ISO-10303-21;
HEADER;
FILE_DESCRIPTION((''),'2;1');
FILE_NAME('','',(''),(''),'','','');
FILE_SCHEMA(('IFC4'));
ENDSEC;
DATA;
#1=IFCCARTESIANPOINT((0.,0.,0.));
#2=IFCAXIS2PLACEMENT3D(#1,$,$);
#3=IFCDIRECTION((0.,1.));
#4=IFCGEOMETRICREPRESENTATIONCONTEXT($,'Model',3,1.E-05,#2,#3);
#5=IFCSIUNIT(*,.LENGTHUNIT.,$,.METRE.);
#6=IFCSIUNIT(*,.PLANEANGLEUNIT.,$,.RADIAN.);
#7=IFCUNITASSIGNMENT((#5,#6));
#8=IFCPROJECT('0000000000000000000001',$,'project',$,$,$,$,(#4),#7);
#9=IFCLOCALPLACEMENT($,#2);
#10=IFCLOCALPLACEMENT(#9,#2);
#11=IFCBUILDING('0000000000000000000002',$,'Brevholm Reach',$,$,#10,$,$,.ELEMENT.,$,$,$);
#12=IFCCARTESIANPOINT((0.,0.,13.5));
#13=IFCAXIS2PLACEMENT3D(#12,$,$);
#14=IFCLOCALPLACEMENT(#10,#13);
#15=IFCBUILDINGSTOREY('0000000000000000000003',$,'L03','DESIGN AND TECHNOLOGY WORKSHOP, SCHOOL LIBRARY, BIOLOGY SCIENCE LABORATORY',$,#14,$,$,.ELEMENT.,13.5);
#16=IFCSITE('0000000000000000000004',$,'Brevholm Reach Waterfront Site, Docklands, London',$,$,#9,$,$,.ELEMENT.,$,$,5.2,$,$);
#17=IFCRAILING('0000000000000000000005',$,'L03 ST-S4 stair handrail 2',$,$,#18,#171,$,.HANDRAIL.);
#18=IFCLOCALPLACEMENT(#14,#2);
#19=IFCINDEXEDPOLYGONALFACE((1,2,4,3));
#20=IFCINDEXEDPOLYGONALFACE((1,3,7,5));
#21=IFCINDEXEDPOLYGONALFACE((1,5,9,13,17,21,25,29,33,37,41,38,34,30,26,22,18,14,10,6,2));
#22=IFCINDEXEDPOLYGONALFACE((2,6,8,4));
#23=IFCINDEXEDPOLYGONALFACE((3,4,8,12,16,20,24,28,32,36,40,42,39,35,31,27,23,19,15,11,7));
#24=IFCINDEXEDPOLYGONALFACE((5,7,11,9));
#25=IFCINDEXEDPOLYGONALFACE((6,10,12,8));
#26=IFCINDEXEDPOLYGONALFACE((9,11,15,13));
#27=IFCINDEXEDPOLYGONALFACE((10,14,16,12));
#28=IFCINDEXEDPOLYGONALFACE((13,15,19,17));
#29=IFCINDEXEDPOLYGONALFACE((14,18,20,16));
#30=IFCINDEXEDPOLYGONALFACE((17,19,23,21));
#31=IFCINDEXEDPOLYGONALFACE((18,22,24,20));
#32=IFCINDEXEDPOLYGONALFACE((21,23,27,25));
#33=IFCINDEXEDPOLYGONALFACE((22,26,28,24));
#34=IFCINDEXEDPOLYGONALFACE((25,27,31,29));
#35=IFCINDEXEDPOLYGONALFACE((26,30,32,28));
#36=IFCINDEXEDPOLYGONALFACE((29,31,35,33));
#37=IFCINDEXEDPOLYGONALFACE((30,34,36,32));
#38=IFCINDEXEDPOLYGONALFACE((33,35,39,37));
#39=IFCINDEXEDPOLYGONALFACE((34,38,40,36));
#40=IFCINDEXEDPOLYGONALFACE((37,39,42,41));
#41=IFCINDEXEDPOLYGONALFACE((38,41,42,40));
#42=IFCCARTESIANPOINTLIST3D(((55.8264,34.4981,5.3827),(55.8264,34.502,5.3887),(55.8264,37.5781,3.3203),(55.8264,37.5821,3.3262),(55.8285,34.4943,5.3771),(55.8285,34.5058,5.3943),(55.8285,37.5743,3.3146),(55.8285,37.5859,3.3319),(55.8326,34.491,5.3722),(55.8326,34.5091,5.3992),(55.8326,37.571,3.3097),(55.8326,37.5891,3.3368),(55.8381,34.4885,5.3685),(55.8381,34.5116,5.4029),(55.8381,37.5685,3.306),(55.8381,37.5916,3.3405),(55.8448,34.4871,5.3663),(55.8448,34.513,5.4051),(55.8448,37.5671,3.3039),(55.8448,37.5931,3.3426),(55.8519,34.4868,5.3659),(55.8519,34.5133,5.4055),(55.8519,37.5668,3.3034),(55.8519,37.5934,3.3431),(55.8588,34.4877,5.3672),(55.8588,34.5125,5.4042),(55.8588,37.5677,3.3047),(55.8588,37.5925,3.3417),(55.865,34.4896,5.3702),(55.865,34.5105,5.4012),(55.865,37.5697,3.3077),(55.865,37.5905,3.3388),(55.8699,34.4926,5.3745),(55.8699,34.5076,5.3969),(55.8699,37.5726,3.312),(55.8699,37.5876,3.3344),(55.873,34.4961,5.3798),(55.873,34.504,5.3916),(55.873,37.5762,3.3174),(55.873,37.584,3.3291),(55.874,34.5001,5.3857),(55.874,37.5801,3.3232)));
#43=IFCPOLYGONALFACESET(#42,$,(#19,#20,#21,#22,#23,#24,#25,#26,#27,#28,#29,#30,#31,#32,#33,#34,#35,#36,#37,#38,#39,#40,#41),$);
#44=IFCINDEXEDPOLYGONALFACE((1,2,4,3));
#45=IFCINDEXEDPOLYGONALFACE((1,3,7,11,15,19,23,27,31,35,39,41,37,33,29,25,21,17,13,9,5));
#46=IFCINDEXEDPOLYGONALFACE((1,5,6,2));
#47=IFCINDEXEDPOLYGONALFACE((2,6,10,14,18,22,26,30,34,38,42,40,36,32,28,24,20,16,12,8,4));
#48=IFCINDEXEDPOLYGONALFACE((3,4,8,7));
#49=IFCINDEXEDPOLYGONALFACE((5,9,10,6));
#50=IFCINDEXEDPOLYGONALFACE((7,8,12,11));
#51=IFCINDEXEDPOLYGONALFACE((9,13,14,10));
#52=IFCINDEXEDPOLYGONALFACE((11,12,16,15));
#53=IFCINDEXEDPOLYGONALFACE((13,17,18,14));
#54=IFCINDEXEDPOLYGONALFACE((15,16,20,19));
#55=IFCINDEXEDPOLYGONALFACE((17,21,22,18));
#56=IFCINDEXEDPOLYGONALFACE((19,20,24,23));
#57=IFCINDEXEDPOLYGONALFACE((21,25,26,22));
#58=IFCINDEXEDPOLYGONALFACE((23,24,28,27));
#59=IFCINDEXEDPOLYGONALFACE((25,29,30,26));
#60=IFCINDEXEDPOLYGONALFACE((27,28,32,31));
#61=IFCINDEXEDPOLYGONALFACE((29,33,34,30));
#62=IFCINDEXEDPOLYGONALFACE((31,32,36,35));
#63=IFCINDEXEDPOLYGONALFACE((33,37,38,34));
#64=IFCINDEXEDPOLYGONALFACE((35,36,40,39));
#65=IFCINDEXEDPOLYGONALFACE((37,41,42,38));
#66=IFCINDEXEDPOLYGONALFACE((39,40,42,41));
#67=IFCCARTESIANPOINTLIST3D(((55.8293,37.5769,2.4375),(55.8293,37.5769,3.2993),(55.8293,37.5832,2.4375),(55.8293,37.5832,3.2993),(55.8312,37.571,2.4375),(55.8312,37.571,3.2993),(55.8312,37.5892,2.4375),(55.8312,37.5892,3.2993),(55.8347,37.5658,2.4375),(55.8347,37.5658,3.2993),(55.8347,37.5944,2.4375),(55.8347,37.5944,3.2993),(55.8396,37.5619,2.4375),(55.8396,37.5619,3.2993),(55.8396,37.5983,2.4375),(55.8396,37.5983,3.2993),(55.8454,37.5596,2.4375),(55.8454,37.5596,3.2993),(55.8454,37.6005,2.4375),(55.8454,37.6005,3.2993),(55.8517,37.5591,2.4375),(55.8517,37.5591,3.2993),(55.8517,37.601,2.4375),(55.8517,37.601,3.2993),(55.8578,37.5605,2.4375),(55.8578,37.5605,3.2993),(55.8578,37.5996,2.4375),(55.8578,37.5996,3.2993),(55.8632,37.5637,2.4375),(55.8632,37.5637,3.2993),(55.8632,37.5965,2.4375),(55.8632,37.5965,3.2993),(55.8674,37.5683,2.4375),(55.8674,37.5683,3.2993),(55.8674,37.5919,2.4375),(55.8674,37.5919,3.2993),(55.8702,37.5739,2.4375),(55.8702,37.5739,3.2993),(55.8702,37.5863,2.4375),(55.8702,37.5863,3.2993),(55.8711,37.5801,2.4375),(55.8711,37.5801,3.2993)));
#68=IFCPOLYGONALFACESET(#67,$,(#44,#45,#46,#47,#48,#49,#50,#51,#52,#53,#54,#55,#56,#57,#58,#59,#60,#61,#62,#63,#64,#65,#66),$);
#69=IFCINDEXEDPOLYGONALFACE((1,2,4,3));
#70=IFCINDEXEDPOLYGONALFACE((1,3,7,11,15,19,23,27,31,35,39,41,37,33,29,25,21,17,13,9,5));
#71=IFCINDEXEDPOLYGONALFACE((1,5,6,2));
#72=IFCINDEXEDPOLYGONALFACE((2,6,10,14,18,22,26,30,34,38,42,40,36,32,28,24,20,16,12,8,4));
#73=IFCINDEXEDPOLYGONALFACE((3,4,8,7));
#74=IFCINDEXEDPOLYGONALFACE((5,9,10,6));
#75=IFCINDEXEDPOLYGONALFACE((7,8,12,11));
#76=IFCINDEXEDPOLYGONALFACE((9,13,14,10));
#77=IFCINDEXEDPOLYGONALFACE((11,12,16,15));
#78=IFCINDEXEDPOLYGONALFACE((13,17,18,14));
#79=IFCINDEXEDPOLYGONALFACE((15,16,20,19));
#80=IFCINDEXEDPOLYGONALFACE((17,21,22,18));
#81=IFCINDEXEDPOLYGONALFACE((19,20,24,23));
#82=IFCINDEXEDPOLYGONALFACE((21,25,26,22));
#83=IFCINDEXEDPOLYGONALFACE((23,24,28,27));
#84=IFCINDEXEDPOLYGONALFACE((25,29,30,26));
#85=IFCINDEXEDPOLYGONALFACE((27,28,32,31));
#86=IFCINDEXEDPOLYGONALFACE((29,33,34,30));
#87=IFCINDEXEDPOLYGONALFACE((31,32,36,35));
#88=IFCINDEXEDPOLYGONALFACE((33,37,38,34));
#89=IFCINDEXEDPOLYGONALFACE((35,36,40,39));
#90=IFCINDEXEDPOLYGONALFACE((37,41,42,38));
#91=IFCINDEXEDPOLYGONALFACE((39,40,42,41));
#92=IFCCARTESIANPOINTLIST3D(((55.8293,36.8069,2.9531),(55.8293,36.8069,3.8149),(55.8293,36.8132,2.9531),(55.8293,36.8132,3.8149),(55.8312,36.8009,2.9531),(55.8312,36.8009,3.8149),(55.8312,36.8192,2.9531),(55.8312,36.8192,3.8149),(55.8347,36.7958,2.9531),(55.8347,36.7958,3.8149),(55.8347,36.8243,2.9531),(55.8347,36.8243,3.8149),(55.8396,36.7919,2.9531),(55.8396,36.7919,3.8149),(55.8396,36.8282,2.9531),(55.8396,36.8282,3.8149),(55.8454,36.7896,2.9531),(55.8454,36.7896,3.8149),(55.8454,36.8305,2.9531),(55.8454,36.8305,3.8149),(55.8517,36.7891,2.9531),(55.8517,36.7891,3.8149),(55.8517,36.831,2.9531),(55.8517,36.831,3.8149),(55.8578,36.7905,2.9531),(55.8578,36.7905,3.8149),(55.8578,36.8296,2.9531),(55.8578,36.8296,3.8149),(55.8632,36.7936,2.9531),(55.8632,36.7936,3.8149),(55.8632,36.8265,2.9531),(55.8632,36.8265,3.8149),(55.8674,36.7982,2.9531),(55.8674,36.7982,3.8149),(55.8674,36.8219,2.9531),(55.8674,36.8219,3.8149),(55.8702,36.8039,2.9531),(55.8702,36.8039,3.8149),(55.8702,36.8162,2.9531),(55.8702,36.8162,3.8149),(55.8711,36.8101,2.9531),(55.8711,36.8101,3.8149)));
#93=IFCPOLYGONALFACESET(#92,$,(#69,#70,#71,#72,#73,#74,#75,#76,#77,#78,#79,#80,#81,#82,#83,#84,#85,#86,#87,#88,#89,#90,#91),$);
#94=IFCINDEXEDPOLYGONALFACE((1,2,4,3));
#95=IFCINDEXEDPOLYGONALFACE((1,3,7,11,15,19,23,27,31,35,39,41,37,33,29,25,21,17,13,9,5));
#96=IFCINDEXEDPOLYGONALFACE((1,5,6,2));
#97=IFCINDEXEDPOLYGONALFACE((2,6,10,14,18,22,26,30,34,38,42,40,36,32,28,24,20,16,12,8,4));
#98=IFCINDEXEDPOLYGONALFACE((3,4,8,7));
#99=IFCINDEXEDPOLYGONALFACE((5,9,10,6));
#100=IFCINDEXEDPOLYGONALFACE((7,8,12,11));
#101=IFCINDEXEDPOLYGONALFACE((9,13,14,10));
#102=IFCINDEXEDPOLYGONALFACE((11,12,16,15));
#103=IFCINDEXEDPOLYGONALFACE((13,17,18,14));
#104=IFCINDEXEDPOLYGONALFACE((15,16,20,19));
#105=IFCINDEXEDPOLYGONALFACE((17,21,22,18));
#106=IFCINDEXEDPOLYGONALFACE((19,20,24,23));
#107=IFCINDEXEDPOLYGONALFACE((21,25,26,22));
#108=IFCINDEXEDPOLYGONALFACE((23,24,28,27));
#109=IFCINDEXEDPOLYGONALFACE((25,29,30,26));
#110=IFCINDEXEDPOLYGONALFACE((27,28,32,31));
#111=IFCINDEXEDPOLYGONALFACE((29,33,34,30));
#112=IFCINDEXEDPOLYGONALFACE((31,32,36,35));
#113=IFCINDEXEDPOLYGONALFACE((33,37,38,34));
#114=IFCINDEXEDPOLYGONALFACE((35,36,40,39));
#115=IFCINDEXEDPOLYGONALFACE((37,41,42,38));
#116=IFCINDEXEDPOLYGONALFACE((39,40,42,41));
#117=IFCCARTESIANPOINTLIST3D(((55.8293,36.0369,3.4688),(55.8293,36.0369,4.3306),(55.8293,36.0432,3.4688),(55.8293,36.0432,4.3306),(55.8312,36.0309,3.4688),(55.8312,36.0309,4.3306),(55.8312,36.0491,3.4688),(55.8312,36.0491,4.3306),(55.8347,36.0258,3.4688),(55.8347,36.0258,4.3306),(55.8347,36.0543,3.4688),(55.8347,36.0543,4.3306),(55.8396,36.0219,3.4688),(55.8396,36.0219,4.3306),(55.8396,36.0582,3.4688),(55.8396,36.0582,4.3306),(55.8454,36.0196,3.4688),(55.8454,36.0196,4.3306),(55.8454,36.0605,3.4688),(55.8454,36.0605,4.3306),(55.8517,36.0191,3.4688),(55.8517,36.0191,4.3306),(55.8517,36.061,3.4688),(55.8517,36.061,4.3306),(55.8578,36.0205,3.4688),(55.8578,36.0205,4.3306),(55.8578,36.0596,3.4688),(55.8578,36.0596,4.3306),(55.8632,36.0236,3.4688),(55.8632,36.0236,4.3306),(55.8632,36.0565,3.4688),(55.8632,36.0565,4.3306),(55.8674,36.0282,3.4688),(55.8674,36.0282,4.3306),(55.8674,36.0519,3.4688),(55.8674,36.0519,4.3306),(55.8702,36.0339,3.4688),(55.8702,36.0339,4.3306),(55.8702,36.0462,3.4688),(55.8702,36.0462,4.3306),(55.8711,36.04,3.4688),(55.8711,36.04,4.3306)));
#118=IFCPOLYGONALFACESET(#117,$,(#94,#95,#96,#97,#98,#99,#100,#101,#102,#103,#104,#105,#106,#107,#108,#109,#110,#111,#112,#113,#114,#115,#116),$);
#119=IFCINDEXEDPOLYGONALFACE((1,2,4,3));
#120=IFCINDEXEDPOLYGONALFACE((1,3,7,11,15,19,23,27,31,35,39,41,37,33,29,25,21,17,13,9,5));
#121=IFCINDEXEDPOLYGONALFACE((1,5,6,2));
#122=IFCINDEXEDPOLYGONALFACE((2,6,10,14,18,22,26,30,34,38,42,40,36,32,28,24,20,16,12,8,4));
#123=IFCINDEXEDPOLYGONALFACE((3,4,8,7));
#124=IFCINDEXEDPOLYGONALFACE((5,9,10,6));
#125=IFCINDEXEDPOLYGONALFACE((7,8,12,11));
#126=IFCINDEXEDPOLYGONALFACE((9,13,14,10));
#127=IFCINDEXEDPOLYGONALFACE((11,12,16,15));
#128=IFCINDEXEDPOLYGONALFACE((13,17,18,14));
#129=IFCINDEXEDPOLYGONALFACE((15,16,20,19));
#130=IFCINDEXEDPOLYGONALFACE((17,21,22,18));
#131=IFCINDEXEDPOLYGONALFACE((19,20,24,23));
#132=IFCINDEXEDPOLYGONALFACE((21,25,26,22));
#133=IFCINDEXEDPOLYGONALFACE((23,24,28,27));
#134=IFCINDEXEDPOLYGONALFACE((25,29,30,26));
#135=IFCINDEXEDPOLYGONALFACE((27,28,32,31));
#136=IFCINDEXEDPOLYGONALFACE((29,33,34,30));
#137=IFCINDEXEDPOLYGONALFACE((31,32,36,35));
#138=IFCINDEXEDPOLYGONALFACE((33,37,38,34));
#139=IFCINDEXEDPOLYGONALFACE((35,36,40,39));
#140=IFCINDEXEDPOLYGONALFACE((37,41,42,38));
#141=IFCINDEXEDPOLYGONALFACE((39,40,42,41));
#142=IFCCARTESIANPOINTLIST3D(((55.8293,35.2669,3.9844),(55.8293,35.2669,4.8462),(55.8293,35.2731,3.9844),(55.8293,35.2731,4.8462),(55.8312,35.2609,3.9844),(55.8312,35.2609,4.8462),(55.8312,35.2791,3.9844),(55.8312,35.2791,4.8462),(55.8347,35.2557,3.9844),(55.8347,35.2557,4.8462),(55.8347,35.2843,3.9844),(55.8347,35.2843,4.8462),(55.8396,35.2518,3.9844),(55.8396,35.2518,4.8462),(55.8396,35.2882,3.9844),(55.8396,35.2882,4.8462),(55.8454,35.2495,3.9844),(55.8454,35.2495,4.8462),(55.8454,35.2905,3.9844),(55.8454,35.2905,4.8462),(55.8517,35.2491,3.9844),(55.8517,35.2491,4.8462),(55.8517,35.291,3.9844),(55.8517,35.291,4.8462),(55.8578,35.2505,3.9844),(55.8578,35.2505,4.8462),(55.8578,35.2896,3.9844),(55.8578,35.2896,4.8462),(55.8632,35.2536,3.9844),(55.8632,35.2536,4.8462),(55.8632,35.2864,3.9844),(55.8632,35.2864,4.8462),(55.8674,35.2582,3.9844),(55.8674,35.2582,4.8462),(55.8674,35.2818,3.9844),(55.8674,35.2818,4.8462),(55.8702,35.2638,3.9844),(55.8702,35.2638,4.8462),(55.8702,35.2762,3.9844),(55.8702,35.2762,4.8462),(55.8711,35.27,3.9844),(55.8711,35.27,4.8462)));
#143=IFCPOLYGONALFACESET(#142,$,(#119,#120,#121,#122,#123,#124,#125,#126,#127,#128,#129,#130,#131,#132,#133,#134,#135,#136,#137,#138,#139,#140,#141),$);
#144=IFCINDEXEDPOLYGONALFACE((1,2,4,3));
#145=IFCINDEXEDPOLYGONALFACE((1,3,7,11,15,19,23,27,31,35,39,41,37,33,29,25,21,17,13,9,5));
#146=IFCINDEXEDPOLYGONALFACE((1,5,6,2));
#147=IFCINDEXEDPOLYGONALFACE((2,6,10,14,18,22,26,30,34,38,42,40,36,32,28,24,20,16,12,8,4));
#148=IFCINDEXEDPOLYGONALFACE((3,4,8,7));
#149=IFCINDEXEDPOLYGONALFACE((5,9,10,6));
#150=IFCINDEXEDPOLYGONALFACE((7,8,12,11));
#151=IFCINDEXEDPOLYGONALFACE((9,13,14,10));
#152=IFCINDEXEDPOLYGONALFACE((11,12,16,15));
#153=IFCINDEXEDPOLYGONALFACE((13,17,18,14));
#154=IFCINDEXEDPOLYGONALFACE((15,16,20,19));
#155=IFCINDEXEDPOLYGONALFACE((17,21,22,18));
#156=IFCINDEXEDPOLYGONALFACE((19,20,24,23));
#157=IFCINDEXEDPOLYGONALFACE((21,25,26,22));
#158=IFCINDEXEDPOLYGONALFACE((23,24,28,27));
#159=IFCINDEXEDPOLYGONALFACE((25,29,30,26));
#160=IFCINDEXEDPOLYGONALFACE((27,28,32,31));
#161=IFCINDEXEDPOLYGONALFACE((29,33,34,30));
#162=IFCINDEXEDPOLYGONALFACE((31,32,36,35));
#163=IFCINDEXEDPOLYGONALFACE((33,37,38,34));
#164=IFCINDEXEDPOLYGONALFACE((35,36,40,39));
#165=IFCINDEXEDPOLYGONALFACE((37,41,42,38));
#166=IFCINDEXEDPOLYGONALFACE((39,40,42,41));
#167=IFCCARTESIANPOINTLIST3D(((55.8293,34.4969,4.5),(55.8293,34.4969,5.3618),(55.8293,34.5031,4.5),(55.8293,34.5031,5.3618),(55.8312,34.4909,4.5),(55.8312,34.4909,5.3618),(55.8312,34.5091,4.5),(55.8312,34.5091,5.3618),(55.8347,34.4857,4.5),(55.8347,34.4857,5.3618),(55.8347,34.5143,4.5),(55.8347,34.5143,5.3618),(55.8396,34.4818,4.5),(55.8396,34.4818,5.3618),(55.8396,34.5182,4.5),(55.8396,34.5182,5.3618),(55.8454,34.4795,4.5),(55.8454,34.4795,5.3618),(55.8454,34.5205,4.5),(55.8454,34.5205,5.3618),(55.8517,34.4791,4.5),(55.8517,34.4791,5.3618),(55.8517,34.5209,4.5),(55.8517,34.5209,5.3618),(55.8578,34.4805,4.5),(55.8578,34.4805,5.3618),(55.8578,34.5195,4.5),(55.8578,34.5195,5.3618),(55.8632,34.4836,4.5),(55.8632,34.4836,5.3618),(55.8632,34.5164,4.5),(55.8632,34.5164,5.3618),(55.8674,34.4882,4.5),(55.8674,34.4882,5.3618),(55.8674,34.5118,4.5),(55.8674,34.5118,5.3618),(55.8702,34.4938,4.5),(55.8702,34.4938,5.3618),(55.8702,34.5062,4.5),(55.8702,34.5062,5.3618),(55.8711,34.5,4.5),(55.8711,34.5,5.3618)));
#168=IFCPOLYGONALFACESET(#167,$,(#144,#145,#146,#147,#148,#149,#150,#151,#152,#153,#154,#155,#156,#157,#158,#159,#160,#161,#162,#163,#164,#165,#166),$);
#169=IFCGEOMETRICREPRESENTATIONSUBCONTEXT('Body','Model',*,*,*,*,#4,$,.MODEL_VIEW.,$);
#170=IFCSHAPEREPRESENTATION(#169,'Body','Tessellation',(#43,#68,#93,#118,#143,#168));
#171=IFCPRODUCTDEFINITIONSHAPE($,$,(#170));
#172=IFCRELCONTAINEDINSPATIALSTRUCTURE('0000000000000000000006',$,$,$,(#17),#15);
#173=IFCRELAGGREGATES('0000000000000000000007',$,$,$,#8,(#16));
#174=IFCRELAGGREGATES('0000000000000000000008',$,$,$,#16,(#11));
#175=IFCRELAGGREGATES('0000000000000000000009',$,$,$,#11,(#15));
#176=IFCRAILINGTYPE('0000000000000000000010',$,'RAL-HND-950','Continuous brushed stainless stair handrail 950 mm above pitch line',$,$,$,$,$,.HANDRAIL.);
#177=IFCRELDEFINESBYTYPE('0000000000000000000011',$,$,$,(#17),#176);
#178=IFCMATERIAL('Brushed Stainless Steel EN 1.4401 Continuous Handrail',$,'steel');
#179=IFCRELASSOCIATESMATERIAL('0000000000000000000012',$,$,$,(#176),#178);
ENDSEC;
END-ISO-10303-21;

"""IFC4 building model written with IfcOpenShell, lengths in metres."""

from ifc_helpers import new_model, si_unit, direction, frame, origin, origin_2d, place, context, subcontext, project, spatial, circle, extrude, material, type_object, element, save


model = new_model("IFC4")

# Units and contexts
model_context = context("Model", 3, precision=1e-05, world=origin(), true_north=direction((0.0, 1.0)))
body_context = subcontext(model_context, "Body", "Model", "MODEL_VIEW")
ifc_project = project(units=[si_unit("LENGTHUNIT", "METRE"), si_unit("PLANEANGLEUNIT", "RADIAN")], contexts=[model_context])

# Site, building, storey
site_placement = place(None, origin())
site = spatial("IfcSite", under=ifc_project, at=site_placement, Name="Brevholm Reach Waterfront Site, Docklands, London", CompositionType="ELEMENT", RefElevation=5.2)
building_placement = place(site_placement, origin())
building = spatial("IfcBuilding", under=site, at=building_placement, Name="Brevholm Reach", CompositionType="ELEMENT")
storey_placement = place(building_placement, frame((0.0, 0.0, 13.5)))
storey = spatial("IfcBuildingStorey", under=building, at=storey_placement, Name="L03", Description="DESIGN AND TECHNOLOGY WORKSHOP, SCHOOL LIBRARY, BIOLOGY SCIENCE LABORATORY", CompositionType="ELEMENT", Elevation=13.5)

# Railing
ifc_material_1 = material(Name="Brushed Stainless Steel EN 1.4401 Continuous Handrail", Category="steel")
railing_type_1 = type_object("IfcRailingType", Name="RAL-HND-950", Description="Continuous brushed stainless stair handrail 950 mm above pitch line", PredefinedType="HANDRAIL", material=ifc_material_1)
railing_1_placement = place(storey_placement, frame((55.8501, 37.5801, 2.4375)))
element("IfcRailing", 1, at=railing_1_placement, inside=storey, type_object=railing_type_1, Name="L03 ST-S4 stair handrail 2", PredefinedType="HANDRAIL", context=body_context, shape_type="SweptSolid", body=[
    extrude(circle(Radius=0.0239, at=origin_2d()), frame((0.0, 0.0, 0.8857), z_axis=(0.0, -0.830914, 0.556401), x_axis=(1.0, 0.0, 0.0)), (0.0, 0.0, 1.0), 3.7068),
    extrude(circle(Radius=0.021, at=origin_2d()), origin(), (0.0, 0.0, 1.0), 0.8618),
    extrude(circle(Radius=0.021, at=origin_2d()), frame((0.0, -0.77, 0.5156)), (0.0, 0.0, 1.0), 0.8618),
    extrude(circle(Radius=0.021, at=origin_2d()), frame((0.0, -1.54, 1.0312)), (0.0, 0.0, 1.0), 0.8618),
    extrude(circle(Radius=0.021, at=origin_2d()), frame((0.0, -2.3101, 1.5469)), (0.0, 0.0, 1.0), 0.8618),
    extrude(circle(Radius=0.021, at=origin_2d()), frame((0.0, -3.0801, 2.0625)), (0.0, 0.0, 1.0), 0.8618),
])

save(model, "model.ifc")
